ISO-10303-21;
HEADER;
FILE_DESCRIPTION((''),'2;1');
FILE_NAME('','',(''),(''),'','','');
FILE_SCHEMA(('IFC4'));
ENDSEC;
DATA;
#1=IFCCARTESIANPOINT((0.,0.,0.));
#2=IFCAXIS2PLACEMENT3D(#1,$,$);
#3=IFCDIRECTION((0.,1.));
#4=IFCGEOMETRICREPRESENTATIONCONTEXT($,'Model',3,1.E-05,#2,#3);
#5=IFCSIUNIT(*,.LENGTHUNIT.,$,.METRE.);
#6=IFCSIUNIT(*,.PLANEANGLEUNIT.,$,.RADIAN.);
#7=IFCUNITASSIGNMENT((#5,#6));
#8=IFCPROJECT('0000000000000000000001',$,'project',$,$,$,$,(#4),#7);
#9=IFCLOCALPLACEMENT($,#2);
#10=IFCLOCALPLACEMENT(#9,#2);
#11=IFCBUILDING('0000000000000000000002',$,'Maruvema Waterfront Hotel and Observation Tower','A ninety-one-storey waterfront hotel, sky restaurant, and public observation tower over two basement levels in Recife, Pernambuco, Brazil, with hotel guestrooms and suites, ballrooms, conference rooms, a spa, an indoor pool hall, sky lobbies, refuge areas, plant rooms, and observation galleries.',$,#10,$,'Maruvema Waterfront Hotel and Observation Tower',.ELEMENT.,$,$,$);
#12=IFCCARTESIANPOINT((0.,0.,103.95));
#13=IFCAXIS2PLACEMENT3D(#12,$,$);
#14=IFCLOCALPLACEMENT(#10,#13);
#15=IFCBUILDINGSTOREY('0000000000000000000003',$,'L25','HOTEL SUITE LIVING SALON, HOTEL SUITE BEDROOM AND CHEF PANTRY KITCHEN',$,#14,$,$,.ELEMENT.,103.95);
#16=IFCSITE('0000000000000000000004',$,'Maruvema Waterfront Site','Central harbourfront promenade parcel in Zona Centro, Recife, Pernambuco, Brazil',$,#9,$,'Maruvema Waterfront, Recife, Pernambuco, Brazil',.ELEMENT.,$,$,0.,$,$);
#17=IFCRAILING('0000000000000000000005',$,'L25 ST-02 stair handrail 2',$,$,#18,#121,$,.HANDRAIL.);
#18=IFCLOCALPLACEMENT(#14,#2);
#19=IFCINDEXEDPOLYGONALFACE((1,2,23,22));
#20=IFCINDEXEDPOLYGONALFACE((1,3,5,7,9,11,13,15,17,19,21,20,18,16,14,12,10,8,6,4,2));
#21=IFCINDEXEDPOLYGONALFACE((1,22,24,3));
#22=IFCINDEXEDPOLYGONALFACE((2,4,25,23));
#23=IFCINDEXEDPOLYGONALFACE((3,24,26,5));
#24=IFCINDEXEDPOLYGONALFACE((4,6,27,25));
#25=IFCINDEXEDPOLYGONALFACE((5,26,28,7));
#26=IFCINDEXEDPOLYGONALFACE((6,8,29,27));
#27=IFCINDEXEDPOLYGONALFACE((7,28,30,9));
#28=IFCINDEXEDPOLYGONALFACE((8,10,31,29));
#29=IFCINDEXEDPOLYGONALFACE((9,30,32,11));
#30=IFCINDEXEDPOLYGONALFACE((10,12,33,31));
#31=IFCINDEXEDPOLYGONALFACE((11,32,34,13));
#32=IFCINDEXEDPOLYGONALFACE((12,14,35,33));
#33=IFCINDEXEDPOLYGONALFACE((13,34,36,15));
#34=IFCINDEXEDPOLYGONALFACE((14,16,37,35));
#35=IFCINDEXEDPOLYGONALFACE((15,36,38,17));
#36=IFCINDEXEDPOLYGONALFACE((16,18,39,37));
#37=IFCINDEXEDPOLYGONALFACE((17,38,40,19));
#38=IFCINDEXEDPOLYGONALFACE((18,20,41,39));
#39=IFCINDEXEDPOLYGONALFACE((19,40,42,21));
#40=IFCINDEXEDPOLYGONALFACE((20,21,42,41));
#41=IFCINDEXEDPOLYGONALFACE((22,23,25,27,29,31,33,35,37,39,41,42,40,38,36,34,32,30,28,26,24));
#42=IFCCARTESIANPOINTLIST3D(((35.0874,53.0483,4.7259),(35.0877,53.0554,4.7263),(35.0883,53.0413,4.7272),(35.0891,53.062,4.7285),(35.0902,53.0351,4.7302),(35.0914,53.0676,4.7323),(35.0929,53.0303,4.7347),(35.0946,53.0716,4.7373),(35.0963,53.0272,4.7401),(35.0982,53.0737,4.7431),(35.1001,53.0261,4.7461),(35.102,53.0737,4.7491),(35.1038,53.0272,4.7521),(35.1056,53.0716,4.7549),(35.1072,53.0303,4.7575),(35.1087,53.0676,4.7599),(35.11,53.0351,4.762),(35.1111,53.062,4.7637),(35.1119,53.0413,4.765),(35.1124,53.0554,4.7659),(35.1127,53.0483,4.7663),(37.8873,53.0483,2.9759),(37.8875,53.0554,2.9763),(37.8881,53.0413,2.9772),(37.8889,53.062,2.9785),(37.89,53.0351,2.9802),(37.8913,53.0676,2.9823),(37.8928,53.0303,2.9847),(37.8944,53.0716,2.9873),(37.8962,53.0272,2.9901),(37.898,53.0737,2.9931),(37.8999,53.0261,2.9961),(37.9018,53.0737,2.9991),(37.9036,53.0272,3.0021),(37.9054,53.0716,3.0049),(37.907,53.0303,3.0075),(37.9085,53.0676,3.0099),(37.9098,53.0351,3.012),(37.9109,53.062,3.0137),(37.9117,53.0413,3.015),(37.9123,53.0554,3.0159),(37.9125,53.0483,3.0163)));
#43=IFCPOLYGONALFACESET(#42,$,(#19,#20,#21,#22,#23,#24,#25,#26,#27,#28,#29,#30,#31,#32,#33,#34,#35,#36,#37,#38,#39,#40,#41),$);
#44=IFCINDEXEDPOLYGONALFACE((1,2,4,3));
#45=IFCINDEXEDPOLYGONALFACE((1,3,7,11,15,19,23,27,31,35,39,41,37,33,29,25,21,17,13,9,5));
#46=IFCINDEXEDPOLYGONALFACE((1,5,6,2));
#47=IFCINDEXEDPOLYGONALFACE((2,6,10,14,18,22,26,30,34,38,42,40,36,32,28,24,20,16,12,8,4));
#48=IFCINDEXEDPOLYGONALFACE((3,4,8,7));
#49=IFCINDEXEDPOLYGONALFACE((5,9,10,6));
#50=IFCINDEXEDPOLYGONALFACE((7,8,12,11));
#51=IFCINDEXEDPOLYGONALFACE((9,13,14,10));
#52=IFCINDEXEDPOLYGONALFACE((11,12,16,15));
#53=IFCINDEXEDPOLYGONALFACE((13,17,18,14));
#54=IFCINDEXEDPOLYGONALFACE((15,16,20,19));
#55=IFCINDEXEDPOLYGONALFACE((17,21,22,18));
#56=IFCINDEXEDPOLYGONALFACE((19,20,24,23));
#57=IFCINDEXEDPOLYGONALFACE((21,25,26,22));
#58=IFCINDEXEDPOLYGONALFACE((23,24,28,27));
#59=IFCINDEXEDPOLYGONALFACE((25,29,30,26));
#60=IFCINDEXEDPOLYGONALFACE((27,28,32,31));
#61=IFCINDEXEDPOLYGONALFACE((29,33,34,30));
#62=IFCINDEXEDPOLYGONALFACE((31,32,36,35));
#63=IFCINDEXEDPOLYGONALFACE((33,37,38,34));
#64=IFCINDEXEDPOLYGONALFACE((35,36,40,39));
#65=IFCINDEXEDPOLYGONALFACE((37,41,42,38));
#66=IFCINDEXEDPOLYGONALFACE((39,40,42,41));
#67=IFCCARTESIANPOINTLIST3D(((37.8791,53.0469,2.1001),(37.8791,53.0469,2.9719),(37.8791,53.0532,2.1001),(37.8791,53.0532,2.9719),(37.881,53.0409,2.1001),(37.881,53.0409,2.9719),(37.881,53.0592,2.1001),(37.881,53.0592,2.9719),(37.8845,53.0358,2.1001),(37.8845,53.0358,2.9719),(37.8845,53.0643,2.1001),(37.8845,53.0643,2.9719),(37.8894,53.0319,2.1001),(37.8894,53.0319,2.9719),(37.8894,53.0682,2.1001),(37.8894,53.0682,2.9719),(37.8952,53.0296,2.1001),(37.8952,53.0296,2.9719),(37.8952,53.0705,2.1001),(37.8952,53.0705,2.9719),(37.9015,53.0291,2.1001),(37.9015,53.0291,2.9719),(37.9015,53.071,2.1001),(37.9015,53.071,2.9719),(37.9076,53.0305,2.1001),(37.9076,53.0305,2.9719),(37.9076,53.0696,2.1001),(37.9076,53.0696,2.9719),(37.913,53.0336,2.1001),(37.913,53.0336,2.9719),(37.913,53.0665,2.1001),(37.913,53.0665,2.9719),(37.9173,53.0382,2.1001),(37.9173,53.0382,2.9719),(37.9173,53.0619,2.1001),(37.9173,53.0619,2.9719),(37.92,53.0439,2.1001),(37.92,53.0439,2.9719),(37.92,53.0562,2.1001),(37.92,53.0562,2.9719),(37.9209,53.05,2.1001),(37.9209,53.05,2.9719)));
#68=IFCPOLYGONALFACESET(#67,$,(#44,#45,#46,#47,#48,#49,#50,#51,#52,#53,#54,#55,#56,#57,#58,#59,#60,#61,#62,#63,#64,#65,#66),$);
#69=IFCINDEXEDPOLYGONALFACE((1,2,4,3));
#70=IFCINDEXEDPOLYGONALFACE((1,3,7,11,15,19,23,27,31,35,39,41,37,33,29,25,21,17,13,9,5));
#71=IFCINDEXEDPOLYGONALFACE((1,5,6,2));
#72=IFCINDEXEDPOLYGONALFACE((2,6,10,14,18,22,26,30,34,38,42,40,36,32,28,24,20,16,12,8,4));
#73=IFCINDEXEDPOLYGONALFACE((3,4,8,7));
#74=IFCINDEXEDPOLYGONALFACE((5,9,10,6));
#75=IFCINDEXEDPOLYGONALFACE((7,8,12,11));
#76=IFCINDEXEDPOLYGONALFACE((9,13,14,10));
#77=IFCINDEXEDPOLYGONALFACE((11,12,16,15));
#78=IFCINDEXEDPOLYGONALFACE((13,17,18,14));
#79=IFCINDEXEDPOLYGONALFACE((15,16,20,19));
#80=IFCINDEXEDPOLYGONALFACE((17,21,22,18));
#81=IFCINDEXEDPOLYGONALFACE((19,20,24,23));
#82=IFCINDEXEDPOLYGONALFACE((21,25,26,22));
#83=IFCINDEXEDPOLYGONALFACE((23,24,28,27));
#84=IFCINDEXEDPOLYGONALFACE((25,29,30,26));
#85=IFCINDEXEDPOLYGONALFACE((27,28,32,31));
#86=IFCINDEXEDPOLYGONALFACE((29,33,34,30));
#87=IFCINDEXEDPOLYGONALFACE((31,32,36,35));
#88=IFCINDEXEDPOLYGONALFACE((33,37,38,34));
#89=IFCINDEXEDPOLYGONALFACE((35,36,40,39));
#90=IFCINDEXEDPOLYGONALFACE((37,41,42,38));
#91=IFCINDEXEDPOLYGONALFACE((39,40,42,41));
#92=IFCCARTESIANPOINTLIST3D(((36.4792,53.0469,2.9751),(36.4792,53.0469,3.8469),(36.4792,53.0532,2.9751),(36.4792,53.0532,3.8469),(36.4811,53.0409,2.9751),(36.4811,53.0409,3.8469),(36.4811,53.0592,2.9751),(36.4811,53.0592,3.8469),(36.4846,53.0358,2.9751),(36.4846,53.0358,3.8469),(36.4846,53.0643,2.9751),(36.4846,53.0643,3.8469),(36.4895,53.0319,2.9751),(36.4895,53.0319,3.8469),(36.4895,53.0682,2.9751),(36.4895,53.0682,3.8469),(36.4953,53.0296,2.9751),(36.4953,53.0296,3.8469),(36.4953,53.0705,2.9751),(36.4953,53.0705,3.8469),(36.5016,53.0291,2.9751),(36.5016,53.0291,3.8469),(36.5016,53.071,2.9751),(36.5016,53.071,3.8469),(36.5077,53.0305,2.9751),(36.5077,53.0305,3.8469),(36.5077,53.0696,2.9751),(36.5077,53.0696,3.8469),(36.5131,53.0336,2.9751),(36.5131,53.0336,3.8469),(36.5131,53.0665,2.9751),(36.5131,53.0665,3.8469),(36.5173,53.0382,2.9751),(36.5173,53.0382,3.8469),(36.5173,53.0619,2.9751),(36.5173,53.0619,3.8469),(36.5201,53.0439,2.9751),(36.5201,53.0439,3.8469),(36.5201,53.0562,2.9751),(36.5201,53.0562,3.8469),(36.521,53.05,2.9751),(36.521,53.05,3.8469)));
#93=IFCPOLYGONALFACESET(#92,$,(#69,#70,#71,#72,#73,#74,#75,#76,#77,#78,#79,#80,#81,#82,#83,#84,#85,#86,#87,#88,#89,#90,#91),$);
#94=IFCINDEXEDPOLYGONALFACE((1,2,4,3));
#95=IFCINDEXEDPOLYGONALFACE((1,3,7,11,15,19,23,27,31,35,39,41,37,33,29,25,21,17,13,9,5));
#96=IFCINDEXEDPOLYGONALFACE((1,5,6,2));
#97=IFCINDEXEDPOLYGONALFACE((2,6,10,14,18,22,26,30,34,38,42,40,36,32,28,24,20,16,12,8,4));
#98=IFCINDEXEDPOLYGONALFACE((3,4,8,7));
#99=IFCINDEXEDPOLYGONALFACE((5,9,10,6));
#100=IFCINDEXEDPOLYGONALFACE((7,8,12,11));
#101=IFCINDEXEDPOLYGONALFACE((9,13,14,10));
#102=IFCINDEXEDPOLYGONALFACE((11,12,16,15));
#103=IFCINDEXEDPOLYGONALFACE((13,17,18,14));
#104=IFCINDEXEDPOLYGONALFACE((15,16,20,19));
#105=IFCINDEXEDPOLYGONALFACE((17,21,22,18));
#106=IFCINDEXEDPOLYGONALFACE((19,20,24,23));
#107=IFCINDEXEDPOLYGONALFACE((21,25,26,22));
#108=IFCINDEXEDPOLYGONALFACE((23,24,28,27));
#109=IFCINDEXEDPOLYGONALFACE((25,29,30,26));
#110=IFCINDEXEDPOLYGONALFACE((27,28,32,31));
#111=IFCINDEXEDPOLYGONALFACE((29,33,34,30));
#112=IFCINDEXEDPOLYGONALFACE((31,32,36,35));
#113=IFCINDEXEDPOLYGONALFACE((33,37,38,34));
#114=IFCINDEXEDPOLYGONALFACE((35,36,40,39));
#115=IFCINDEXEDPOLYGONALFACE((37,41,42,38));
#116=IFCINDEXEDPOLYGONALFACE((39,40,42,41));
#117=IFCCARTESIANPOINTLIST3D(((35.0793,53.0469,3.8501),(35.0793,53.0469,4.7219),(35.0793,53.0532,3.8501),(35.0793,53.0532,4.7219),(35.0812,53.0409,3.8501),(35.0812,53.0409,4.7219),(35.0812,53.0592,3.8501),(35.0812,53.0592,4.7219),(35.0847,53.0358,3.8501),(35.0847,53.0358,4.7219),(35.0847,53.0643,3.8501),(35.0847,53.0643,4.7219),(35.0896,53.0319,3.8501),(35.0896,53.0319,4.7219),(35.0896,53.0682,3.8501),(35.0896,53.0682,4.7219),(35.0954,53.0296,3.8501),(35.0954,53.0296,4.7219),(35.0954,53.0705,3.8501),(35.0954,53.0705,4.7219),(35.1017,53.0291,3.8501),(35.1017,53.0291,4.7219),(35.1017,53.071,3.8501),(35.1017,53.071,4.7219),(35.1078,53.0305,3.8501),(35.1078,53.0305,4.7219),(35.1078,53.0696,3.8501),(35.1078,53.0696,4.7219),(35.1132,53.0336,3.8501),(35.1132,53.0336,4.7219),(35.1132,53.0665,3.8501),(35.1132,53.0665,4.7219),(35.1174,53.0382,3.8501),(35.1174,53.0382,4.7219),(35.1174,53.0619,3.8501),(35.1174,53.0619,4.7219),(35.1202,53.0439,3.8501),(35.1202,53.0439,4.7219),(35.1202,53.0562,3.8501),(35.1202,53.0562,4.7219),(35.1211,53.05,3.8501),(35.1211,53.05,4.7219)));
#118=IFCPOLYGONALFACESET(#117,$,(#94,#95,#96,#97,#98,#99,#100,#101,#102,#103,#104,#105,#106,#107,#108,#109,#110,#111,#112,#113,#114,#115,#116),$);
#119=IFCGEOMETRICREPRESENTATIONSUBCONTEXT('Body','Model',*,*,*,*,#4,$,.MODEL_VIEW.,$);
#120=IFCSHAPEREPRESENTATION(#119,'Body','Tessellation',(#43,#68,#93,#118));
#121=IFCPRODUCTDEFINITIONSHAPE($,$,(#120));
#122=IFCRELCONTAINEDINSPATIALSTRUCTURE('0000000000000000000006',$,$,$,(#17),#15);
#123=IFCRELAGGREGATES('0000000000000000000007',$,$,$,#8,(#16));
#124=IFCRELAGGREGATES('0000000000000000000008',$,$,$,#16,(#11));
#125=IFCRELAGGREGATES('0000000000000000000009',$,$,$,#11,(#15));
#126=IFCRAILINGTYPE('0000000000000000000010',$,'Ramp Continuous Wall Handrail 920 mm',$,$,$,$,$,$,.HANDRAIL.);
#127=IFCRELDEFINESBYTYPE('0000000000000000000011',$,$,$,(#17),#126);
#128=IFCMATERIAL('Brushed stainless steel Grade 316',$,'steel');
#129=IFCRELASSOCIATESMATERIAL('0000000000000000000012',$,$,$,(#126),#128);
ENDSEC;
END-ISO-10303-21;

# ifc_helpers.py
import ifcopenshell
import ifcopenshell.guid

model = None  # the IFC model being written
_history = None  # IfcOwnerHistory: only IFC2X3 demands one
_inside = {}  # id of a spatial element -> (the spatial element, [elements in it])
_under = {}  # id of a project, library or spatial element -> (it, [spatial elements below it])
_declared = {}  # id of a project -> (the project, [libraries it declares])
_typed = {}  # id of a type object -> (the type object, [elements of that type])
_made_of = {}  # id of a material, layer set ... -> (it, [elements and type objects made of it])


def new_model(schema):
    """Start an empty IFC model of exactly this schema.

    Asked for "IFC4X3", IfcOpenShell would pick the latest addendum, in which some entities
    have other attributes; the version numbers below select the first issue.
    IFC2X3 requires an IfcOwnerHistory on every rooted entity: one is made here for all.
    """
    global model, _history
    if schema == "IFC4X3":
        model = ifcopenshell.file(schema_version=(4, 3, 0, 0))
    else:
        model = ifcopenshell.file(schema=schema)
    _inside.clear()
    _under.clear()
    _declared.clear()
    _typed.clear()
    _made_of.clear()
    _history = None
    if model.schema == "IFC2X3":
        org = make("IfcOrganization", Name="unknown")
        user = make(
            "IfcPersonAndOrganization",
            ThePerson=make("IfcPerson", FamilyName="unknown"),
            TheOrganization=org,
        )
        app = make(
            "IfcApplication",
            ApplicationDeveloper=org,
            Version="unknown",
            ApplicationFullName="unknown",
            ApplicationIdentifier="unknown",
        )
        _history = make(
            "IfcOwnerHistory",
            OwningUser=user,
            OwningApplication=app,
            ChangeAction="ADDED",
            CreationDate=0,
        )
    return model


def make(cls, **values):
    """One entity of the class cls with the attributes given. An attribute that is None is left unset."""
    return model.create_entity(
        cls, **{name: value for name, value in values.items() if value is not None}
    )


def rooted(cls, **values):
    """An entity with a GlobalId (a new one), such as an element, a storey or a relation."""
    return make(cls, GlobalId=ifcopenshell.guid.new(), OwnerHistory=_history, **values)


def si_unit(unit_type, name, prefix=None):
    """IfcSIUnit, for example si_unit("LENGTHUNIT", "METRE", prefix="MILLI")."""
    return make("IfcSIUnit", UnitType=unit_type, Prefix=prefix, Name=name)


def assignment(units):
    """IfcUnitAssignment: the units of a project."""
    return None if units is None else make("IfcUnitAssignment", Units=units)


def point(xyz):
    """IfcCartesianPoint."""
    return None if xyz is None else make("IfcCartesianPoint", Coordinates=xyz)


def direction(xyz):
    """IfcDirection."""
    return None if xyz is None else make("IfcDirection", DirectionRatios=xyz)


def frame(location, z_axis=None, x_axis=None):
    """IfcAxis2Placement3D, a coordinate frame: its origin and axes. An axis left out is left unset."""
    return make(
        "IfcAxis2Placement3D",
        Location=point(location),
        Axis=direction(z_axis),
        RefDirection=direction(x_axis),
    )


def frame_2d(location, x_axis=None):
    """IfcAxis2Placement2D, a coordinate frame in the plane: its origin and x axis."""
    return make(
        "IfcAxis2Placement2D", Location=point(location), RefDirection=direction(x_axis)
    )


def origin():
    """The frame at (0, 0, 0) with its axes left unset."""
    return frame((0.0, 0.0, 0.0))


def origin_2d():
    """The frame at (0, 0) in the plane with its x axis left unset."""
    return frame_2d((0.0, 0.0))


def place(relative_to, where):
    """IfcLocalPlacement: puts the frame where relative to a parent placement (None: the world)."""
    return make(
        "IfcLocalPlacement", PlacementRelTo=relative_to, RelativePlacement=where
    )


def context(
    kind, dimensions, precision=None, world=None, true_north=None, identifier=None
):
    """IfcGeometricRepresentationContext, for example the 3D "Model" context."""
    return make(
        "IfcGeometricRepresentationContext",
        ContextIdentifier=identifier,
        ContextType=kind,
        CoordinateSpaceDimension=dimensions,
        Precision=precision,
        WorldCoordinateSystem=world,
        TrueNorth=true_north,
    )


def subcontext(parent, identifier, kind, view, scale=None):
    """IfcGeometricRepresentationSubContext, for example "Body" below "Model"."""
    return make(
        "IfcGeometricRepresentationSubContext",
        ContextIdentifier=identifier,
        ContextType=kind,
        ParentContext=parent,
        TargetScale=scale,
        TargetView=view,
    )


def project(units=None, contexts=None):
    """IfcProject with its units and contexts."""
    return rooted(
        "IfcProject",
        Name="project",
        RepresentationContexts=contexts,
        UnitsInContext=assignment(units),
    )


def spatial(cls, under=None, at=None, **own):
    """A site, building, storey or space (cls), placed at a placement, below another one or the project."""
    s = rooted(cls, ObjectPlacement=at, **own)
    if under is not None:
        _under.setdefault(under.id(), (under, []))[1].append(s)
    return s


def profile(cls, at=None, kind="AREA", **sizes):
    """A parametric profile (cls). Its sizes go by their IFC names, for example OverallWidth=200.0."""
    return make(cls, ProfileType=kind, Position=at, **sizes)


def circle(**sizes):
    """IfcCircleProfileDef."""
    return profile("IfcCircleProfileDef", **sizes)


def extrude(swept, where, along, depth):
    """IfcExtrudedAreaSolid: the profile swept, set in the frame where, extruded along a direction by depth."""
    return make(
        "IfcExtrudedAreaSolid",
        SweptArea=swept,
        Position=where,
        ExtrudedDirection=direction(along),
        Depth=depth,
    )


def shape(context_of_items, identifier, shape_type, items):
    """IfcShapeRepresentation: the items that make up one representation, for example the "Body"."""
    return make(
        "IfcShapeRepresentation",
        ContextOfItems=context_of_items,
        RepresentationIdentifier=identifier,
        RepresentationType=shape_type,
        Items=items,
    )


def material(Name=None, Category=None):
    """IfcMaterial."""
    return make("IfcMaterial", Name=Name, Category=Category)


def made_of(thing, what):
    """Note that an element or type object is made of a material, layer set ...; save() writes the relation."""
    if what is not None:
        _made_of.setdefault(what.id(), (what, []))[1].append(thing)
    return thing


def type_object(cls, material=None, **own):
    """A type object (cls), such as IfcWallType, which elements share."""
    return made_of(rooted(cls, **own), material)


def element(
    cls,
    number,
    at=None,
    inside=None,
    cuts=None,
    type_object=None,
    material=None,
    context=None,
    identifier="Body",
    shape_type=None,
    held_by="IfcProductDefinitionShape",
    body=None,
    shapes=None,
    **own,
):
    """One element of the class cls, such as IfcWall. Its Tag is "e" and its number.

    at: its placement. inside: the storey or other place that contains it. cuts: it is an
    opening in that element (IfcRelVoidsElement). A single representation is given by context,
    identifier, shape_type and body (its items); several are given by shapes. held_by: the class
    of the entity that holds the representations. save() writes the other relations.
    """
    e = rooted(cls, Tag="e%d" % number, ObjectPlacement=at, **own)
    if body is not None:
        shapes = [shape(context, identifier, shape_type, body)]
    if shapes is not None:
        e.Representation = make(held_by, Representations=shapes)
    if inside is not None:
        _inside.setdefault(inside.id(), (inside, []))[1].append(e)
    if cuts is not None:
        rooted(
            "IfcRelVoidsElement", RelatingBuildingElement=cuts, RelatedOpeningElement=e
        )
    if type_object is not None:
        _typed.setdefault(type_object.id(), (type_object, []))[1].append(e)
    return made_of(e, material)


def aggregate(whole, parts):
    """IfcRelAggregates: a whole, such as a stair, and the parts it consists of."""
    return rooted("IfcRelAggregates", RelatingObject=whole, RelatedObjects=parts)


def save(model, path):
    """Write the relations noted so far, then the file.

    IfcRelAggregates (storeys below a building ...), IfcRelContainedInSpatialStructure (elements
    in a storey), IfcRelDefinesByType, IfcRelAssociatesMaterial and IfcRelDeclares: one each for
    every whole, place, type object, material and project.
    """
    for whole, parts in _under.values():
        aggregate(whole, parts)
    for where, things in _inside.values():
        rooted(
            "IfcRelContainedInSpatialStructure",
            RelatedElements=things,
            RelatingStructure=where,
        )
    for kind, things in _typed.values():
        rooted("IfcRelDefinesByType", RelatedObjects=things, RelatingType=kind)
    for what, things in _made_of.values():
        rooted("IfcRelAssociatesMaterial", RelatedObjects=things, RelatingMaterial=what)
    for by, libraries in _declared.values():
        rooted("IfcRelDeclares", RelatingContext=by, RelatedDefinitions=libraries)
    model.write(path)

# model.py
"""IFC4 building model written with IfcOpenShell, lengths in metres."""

from ifc_helpers import new_model, si_unit, direction, frame, origin, origin_2d, place, context, subcontext, project, spatial, circle, extrude, material, type_object, element, save


model = new_model("IFC4")

# Units and contexts
model_context = context("Model", 3, precision=1e-05, world=origin(), true_north=direction((0.0, 1.0)))
body_context = subcontext(model_context, "Body", "Model", "MODEL_VIEW")
ifc_project = project(units=[si_unit("LENGTHUNIT", "METRE"), si_unit("PLANEANGLEUNIT", "RADIAN")], contexts=[model_context])

# Site, building, storey
site_placement = place(None, origin())
site = spatial("IfcSite", under=ifc_project, at=site_placement, Name="Maruvema Waterfront Site", Description="Central harbourfront promenade parcel in Zona Centro, Recife, Pernambuco, Brazil", LongName="Maruvema Waterfront, Recife, Pernambuco, Brazil", CompositionType="ELEMENT", RefElevation=0.0)
building_placement = place(site_placement, origin())
building = spatial("IfcBuilding", under=site, at=building_placement, Name="Maruvema Waterfront Hotel and Observation Tower", Description="A ninety-one-storey waterfront hotel, sky restaurant, and public observation tower over two basement levels in Recife, Pernambuco, Brazil, with hotel guestrooms and suites, ballrooms, conference rooms, a spa, an indoor pool hall, sky lobbies, refuge areas, plant rooms, and observation galleries.", LongName="Maruvema Waterfront Hotel and Observation Tower", CompositionType="ELEMENT")
storey_placement = place(building_placement, frame((0.0, 0.0, 103.95)))
storey = spatial("IfcBuildingStorey", under=building, at=storey_placement, Name="L25", Description="HOTEL SUITE LIVING SALON, HOTEL SUITE BEDROOM AND CHEF PANTRY KITCHEN", CompositionType="ELEMENT", Elevation=103.95)

# Railing
ifc_material_1 = material(Name="Brushed stainless steel Grade 316", Category="steel")
railing_type_1 = type_object("IfcRailingType", Name="Ramp Continuous Wall Handrail 920 mm", PredefinedType="HANDRAIL", material=ifc_material_1)
railing_1_placement = place(storey_placement, frame((37.8999, 53.05, 2.1001)))
element("IfcRailing", 1, at=railing_1_placement, inside=storey, type_object=railing_type_1, Name="L25 ST-02 stair handrail 2", PredefinedType="HANDRAIL", context=body_context, shape_type="SweptSolid", body=[
    extrude(circle(Radius=0.0239, at=origin_2d()), frame((0.0, 0.0, 0.896), z_axis=(-0.847982, 0.0, 0.530026), x_axis=(0.0, -1.0, 0.0)), (0.0, 0.0, 1.0), 3.3018),
    extrude(circle(Radius=0.021, at=origin_2d()), origin(), (0.0, 0.0, 1.0), 0.8718),
    extrude(circle(Radius=0.021, at=origin_2d()), frame((-1.3999, 0.0, 0.875)), (0.0, 0.0, 1.0), 0.8718),
    extrude(circle(Radius=0.021, at=origin_2d()), frame((-2.7998, 0.0, 1.75)), (0.0, 0.0, 1.0), 0.8718),
])

save(model, "model.ifc")
